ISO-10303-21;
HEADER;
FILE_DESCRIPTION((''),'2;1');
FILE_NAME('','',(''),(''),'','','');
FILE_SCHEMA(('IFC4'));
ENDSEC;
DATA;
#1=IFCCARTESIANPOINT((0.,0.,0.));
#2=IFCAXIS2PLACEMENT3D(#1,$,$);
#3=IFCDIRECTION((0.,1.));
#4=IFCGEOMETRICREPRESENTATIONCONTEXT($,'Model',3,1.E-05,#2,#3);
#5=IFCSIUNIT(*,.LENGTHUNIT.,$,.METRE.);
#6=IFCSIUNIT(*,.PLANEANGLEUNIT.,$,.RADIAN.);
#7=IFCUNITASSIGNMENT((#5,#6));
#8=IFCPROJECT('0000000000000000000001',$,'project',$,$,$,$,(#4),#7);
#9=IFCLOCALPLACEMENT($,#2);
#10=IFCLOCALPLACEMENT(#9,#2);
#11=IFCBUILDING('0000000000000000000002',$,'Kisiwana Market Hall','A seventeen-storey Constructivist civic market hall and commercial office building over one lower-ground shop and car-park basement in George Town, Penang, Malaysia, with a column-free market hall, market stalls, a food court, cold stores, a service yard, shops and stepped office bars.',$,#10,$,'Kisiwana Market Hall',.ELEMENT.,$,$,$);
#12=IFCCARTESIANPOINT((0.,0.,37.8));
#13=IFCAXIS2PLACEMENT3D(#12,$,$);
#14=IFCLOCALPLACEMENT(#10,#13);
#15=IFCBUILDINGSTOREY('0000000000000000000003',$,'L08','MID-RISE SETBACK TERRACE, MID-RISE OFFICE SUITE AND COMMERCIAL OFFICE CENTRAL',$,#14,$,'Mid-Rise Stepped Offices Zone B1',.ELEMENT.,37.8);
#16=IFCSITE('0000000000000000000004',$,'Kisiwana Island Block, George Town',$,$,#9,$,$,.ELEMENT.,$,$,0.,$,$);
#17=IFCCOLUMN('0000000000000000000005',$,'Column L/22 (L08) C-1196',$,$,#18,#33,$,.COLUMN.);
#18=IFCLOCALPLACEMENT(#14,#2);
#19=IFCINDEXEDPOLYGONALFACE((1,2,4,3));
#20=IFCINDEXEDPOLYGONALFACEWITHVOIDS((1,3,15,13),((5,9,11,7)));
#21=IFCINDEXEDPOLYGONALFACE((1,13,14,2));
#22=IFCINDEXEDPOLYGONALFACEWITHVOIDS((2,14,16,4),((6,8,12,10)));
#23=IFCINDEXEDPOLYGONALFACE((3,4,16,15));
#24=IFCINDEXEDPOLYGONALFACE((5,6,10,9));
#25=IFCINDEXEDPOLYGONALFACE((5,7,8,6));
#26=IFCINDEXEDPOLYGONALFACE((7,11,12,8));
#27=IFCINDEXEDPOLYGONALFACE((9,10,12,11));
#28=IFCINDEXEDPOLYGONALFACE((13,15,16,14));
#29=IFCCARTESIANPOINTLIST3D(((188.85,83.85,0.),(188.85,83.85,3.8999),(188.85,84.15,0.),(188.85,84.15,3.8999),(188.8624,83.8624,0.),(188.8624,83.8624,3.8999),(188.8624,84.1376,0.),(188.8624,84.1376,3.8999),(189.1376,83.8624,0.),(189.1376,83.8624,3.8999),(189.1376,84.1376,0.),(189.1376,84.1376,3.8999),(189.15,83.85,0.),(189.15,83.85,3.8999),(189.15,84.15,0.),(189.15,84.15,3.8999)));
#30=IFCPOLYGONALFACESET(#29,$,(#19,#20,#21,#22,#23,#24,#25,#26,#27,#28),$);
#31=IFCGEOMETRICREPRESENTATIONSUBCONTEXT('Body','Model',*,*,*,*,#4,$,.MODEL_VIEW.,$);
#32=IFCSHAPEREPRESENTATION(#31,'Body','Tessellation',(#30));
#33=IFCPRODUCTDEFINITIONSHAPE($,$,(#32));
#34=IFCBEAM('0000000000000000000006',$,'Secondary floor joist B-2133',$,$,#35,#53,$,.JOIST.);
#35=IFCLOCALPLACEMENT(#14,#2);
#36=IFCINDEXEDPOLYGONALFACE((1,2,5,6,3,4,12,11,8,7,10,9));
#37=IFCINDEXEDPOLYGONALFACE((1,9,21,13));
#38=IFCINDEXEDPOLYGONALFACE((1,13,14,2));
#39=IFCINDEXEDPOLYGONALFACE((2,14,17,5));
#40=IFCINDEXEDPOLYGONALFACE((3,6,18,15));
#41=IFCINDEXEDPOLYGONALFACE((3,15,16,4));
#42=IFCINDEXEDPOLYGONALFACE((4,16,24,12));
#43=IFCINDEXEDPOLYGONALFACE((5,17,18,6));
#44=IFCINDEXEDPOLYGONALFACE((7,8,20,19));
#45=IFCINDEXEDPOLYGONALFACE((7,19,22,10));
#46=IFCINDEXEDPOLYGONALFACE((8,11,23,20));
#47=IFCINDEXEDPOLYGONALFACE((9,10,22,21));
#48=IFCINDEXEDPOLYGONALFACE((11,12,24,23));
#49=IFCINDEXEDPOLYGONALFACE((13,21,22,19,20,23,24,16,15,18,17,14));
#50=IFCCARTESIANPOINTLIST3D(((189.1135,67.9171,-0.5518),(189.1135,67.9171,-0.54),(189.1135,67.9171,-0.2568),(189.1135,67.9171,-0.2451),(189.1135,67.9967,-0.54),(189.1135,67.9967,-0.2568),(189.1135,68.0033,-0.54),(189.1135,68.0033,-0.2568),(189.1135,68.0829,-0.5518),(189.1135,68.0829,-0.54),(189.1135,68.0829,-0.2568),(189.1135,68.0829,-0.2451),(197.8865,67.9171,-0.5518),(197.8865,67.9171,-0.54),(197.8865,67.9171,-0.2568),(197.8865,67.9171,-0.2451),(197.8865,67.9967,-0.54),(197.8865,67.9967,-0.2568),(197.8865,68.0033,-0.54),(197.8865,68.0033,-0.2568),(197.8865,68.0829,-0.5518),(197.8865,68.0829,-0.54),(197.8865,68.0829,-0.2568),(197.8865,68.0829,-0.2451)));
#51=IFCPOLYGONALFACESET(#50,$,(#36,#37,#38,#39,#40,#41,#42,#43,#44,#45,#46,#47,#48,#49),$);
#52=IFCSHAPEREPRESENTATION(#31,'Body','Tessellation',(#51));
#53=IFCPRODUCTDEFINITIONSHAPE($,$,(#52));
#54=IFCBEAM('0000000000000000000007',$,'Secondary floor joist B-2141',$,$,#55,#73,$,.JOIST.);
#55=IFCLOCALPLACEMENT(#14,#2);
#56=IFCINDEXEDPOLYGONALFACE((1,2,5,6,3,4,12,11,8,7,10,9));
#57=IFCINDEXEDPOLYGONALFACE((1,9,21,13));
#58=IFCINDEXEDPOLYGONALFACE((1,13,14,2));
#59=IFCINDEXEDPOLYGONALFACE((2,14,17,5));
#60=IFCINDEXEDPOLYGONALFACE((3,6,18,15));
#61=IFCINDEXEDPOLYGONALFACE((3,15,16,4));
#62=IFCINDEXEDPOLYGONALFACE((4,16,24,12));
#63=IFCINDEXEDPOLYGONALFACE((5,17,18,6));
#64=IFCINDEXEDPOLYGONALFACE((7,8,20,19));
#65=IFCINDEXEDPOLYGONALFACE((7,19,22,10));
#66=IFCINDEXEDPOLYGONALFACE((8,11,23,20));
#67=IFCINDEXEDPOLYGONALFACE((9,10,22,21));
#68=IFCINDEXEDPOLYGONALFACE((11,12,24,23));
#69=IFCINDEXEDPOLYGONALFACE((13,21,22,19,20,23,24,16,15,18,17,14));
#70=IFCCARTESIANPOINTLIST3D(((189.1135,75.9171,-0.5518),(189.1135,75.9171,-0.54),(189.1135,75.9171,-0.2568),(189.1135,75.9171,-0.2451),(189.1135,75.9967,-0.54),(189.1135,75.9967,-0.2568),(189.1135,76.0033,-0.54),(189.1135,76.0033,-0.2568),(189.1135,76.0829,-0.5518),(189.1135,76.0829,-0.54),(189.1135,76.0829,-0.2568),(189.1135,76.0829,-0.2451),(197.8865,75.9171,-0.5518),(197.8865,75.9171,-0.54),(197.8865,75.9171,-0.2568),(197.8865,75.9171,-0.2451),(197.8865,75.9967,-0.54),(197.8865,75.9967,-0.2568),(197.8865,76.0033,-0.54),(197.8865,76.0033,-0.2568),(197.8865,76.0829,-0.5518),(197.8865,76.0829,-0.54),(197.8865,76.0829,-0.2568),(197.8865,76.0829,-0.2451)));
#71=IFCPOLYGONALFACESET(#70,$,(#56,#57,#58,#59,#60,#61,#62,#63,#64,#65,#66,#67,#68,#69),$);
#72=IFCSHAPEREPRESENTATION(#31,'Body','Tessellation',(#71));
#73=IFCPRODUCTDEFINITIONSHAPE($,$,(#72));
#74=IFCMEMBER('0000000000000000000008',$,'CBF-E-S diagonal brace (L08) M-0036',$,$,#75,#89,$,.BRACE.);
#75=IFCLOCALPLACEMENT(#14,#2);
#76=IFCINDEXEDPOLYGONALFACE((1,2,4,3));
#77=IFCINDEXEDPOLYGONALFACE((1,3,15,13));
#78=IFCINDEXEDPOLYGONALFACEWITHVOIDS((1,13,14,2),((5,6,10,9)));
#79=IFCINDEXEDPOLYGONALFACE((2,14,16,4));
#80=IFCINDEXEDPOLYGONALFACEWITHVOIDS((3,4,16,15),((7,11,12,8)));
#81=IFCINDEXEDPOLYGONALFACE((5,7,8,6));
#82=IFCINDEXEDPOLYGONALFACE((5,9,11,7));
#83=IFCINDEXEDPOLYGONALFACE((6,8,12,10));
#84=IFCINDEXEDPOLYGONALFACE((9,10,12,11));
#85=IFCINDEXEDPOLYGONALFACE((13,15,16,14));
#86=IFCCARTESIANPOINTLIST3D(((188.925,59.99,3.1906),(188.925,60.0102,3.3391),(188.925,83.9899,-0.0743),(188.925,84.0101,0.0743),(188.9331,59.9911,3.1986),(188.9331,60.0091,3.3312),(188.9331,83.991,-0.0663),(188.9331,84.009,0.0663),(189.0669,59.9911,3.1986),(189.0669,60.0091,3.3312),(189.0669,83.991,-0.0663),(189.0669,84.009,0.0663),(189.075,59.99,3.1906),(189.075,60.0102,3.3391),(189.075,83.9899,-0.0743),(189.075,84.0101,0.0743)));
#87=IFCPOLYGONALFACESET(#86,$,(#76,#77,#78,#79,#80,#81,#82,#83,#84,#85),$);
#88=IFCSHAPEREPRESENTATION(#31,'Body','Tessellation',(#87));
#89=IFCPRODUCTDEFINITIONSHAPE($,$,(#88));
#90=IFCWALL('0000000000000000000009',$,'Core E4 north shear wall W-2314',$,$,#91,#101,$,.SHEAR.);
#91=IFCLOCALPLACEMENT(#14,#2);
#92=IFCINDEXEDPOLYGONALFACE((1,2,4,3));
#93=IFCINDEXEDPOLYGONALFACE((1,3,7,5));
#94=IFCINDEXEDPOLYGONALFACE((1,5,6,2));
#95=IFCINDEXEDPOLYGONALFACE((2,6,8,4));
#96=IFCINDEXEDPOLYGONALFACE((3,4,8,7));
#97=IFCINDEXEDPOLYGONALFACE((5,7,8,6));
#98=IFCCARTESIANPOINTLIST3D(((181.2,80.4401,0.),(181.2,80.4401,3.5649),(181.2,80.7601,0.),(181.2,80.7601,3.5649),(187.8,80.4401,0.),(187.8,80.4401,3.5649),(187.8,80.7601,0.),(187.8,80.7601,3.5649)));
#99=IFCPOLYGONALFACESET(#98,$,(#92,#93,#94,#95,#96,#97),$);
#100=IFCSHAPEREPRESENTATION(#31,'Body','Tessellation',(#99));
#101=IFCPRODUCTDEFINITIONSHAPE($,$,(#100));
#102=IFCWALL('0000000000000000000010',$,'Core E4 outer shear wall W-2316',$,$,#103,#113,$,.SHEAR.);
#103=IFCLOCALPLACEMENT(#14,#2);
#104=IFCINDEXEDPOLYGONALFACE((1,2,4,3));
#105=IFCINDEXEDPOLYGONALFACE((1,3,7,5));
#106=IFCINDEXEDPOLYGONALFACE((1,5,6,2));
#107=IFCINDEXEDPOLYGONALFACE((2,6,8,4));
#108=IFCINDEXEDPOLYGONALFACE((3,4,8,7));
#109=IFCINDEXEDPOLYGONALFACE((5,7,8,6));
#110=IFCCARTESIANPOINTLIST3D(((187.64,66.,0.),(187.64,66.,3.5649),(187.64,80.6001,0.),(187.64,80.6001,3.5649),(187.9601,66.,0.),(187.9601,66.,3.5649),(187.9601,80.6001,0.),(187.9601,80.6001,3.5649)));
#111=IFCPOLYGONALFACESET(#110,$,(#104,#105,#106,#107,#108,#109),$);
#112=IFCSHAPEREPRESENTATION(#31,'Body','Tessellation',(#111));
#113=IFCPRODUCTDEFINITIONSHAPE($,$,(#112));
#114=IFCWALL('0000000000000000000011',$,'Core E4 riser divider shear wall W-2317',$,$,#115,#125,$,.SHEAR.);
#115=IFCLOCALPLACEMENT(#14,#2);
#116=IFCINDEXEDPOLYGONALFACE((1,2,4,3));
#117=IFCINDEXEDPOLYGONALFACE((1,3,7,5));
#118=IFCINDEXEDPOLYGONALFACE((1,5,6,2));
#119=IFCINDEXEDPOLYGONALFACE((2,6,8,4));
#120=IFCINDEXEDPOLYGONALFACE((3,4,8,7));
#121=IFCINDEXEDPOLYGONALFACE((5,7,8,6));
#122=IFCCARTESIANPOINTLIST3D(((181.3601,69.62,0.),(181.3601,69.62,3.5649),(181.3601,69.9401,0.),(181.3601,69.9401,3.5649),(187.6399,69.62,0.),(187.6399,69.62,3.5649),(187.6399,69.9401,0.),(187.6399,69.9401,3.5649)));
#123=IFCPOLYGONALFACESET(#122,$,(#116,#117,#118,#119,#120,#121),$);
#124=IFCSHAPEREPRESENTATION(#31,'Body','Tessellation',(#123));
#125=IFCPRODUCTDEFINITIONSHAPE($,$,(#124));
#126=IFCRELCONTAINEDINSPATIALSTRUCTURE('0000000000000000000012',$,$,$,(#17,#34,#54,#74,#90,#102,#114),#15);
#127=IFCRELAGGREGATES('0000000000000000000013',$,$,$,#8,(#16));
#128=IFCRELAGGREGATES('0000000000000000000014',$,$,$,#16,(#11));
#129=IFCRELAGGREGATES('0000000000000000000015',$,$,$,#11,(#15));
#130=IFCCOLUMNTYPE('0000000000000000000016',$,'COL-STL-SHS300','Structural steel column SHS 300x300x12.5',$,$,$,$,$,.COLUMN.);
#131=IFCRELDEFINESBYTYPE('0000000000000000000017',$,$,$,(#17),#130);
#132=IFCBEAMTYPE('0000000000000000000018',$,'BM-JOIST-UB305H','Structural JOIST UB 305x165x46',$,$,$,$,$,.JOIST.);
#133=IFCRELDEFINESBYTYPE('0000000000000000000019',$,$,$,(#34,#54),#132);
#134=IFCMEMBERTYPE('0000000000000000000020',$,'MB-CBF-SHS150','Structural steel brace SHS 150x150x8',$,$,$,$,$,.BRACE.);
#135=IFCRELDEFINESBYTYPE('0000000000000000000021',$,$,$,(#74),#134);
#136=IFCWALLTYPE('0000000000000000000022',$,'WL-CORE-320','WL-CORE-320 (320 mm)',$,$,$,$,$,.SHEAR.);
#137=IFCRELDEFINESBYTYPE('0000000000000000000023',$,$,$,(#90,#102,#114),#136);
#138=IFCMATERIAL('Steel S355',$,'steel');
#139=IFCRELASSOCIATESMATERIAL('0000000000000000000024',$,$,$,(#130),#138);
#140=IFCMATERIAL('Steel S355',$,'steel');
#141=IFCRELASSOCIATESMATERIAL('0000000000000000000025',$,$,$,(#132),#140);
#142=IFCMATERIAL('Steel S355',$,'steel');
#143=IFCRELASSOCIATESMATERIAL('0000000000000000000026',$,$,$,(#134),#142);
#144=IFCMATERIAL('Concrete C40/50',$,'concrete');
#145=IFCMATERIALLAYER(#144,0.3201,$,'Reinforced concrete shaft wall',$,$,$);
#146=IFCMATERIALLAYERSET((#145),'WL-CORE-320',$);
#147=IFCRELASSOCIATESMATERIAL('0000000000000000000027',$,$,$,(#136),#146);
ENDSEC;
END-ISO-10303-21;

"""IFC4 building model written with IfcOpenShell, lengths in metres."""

from ifc_helpers import new_model, si_unit, direction, frame, frame_2d, origin, origin_2d, place, context, subcontext, project, spatial, rectangle, hollow_rectangle, i_section, extrude, material, layer, layer_set, material_profile, profile_set, type_object, element, save


model = new_model("IFC4")

# Units and contexts
model_context = context("Model", 3, precision=1e-05, world=origin(), true_north=direction((0.0, 1.0)))
body_context = subcontext(model_context, "Body", "Model", "MODEL_VIEW")
ifc_project = project(units=[si_unit("LENGTHUNIT", "METRE"), si_unit("PLANEANGLEUNIT", "RADIAN")], contexts=[model_context])

# Site, building, storey
site_placement = place(None, origin())
site = spatial("IfcSite", under=ifc_project, at=site_placement, Name="Kisiwana Island Block, George Town", CompositionType="ELEMENT", RefElevation=0.0)
building_placement = place(site_placement, origin())
building = spatial("IfcBuilding", under=site, at=building_placement, Name="Kisiwana Market Hall", Description="A seventeen-storey Constructivist civic market hall and commercial office building over one lower-ground shop and car-park basement in George Town, Penang, Malaysia, with a column-free market hall, market stalls, a food court, cold stores, a service yard, shops and stepped office bars.", LongName="Kisiwana Market Hall", CompositionType="ELEMENT")
storey_placement = place(building_placement, frame((0.0, 0.0, 37.8)))
storey = spatial("IfcBuildingStorey", under=building, at=storey_placement, Name="L08", Description="MID-RISE SETBACK TERRACE, MID-RISE OFFICE SUITE AND COMMERCIAL OFFICE CENTRAL", LongName="Mid-Rise Stepped Offices Zone B1", CompositionType="ELEMENT", Elevation=37.8)

# Column
ifc_material_1 = material(Name="Steel S355", Category="steel")
ifc_material_profile_1 = material_profile(ifc_material_1, hollow_rectangle(XDim=0.3, YDim=0.3, WallThickness=0.0125, at=origin_2d()), Name="SHS 300x300x12.5")
ifc_profile_set_1 = profile_set([ifc_material_profile_1], Name="Steel S355")
column_type = type_object("IfcColumnType", Name="COL-STL-SHS300", Description="Structural steel column SHS 300x300x12.5", PredefinedType="COLUMN", material=ifc_profile_set_1)
column_placement = place(storey_placement, frame((189.0, 84.0, 0.0), z_axis=(0.0, 0.0, 1.0), x_axis=(1.0, 0.0, 0.0)))
element("IfcColumn", 1, at=column_placement, inside=storey, type_object=column_type, Name="Column L/22 (L08) C-1196", PredefinedType="COLUMN", context=body_context, shape_type="SweptSolid", body=[
    extrude(hollow_rectangle(XDim=0.3, YDim=0.3, WallThickness=0.0125, at=origin_2d()), origin(), (0.0, 0.0, 1.0), 3.8999),
])

# Beams
ifc_material_2 = material(Name="Steel S355", Category="steel")
ifc_material_profile_2 = material_profile(ifc_material_2, i_section(OverallWidth=0.1658, OverallDepth=0.3066, WebThickness=0.0066, FlangeThickness=0.0117, at=origin_2d()), Name="UB 305x165x46")
ifc_profile_set_2 = profile_set([ifc_material_profile_2], Name="Steel S355")
beam_type = type_object("IfcBeamType", Name="BM-JOIST-UB305H", Description="Structural JOIST UB 305x165x46", PredefinedType="JOIST", material=ifc_profile_set_2)
for number, where, z_axis, x_axis, name in (
    (2, (189.1135, 68.0, -0.3984), (1.0, 0.0, 0.0), (0.0, 1.0, 0.0), "Secondary floor joist B-2133"),
    (3, (189.1135, 76.0, -0.3984), (1.0, 0.0, 0.0), (0.0, 1.0, 0.0), "Secondary floor joist B-2141"),
):
    element("IfcBeam", number, at=place(storey_placement, frame(where, z_axis=z_axis, x_axis=x_axis)), inside=storey, type_object=beam_type, Name=name, PredefinedType="JOIST", context=body_context, shape_type="SweptSolid", body=[
        extrude(i_section(OverallWidth=0.1658, OverallDepth=0.3066, WebThickness=0.0066, FlangeThickness=0.0117, at=origin_2d()), origin(), (0.0, 0.0, 1.0), 8.7729),
    ])

# Member
ifc_material_3 = material(Name="Steel S355", Category="steel")
ifc_material_profile_3 = material_profile(ifc_material_3, hollow_rectangle(XDim=0.1499, YDim=0.1499, WallThickness=0.0081, at=origin_2d()), Name="SHS 150x150x8")
ifc_profile_set_3 = profile_set([ifc_material_profile_3], Name="Steel S355")
member_type = type_object("IfcMemberType", Name="MB-CBF-SHS150", Description="Structural steel brace SHS 150x150x8", PredefinedType="BRACE", material=ifc_profile_set_3)
member_placement = place(storey_placement, frame((189.0, 84.0, 0.0), z_axis=(0.0, -0.990873, 0.134796), x_axis=(1.0, 0.0, 0.0)))
element("IfcMember", 4, at=member_placement, inside=storey, type_object=member_type, Name="CBF-E-S diagonal brace (L08) M-0036", PredefinedType="BRACE", context=body_context, shape_type="SweptSolid", body=[
    extrude(hollow_rectangle(XDim=0.1499, YDim=0.1499, WallThickness=0.0081, at=origin_2d()), origin(), (0.0, 0.0, 1.0), 24.2209),
])

# Walls
ifc_material_4 = material(Name="Concrete C40/50", Category="concrete")
ifc_layer_1 = layer(ifc_material_4, 0.3201, Name="Reinforced concrete shaft wall")
ifc_layer_set_1 = layer_set([ifc_layer_1], Name="WL-CORE-320")
wall_type_1 = type_object("IfcWallType", Name="WL-CORE-320", Description="WL-CORE-320 (320 mm)", PredefinedType="SHEAR", material=ifc_layer_set_1)
wall_1_placement = place(storey_placement, frame((181.2, 80.6001, 0.0), z_axis=(0.0, 0.0, 1.0), x_axis=(1.0, 0.0, 0.0)))
element("IfcWall", 5, at=wall_1_placement, inside=storey, type_object=wall_type_1, Name="Core E4 north shear wall W-2314", PredefinedType="SHEAR", context=body_context, shape_type="SweptSolid", body=[
    extrude(rectangle(XDim=6.6001, YDim=0.3201, at=frame_2d((3.3, 0.0))), origin(), (0.0, 0.0, 1.0), 3.5649),
])
wall_2_placement = place(storey_placement, frame((187.8, 66.0, 0.0), z_axis=(0.0, 0.0, 1.0), x_axis=(0.0, 1.0, 0.0)))
element("IfcWall", 6, at=wall_2_placement, inside=storey, type_object=wall_type_1, Name="Core E4 outer shear wall W-2316", PredefinedType="SHEAR", context=body_context, shape_type="SweptSolid", body=[
    extrude(rectangle(XDim=14.6001, YDim=0.3201, at=frame_2d((7.3, 0.0))), origin(), (0.0, 0.0, 1.0), 3.5649),
])
wall_3_placement = place(storey_placement, frame((181.3601, 69.78, 0.0), z_axis=(0.0, 0.0, 1.0), x_axis=(1.0, 0.0, 0.0)))
element("IfcWall", 7, at=wall_3_placement, inside=storey, type_object=wall_type_1, Name="Core E4 riser divider shear wall W-2317", PredefinedType="SHEAR", context=body_context, shape_type="SweptSolid", body=[
    extrude(rectangle(XDim=6.2798, YDim=0.3201, at=frame_2d((3.1399, 0.0))), origin(), (0.0, 0.0, 1.0), 3.5649),
])

save(model, "model.ifc")
